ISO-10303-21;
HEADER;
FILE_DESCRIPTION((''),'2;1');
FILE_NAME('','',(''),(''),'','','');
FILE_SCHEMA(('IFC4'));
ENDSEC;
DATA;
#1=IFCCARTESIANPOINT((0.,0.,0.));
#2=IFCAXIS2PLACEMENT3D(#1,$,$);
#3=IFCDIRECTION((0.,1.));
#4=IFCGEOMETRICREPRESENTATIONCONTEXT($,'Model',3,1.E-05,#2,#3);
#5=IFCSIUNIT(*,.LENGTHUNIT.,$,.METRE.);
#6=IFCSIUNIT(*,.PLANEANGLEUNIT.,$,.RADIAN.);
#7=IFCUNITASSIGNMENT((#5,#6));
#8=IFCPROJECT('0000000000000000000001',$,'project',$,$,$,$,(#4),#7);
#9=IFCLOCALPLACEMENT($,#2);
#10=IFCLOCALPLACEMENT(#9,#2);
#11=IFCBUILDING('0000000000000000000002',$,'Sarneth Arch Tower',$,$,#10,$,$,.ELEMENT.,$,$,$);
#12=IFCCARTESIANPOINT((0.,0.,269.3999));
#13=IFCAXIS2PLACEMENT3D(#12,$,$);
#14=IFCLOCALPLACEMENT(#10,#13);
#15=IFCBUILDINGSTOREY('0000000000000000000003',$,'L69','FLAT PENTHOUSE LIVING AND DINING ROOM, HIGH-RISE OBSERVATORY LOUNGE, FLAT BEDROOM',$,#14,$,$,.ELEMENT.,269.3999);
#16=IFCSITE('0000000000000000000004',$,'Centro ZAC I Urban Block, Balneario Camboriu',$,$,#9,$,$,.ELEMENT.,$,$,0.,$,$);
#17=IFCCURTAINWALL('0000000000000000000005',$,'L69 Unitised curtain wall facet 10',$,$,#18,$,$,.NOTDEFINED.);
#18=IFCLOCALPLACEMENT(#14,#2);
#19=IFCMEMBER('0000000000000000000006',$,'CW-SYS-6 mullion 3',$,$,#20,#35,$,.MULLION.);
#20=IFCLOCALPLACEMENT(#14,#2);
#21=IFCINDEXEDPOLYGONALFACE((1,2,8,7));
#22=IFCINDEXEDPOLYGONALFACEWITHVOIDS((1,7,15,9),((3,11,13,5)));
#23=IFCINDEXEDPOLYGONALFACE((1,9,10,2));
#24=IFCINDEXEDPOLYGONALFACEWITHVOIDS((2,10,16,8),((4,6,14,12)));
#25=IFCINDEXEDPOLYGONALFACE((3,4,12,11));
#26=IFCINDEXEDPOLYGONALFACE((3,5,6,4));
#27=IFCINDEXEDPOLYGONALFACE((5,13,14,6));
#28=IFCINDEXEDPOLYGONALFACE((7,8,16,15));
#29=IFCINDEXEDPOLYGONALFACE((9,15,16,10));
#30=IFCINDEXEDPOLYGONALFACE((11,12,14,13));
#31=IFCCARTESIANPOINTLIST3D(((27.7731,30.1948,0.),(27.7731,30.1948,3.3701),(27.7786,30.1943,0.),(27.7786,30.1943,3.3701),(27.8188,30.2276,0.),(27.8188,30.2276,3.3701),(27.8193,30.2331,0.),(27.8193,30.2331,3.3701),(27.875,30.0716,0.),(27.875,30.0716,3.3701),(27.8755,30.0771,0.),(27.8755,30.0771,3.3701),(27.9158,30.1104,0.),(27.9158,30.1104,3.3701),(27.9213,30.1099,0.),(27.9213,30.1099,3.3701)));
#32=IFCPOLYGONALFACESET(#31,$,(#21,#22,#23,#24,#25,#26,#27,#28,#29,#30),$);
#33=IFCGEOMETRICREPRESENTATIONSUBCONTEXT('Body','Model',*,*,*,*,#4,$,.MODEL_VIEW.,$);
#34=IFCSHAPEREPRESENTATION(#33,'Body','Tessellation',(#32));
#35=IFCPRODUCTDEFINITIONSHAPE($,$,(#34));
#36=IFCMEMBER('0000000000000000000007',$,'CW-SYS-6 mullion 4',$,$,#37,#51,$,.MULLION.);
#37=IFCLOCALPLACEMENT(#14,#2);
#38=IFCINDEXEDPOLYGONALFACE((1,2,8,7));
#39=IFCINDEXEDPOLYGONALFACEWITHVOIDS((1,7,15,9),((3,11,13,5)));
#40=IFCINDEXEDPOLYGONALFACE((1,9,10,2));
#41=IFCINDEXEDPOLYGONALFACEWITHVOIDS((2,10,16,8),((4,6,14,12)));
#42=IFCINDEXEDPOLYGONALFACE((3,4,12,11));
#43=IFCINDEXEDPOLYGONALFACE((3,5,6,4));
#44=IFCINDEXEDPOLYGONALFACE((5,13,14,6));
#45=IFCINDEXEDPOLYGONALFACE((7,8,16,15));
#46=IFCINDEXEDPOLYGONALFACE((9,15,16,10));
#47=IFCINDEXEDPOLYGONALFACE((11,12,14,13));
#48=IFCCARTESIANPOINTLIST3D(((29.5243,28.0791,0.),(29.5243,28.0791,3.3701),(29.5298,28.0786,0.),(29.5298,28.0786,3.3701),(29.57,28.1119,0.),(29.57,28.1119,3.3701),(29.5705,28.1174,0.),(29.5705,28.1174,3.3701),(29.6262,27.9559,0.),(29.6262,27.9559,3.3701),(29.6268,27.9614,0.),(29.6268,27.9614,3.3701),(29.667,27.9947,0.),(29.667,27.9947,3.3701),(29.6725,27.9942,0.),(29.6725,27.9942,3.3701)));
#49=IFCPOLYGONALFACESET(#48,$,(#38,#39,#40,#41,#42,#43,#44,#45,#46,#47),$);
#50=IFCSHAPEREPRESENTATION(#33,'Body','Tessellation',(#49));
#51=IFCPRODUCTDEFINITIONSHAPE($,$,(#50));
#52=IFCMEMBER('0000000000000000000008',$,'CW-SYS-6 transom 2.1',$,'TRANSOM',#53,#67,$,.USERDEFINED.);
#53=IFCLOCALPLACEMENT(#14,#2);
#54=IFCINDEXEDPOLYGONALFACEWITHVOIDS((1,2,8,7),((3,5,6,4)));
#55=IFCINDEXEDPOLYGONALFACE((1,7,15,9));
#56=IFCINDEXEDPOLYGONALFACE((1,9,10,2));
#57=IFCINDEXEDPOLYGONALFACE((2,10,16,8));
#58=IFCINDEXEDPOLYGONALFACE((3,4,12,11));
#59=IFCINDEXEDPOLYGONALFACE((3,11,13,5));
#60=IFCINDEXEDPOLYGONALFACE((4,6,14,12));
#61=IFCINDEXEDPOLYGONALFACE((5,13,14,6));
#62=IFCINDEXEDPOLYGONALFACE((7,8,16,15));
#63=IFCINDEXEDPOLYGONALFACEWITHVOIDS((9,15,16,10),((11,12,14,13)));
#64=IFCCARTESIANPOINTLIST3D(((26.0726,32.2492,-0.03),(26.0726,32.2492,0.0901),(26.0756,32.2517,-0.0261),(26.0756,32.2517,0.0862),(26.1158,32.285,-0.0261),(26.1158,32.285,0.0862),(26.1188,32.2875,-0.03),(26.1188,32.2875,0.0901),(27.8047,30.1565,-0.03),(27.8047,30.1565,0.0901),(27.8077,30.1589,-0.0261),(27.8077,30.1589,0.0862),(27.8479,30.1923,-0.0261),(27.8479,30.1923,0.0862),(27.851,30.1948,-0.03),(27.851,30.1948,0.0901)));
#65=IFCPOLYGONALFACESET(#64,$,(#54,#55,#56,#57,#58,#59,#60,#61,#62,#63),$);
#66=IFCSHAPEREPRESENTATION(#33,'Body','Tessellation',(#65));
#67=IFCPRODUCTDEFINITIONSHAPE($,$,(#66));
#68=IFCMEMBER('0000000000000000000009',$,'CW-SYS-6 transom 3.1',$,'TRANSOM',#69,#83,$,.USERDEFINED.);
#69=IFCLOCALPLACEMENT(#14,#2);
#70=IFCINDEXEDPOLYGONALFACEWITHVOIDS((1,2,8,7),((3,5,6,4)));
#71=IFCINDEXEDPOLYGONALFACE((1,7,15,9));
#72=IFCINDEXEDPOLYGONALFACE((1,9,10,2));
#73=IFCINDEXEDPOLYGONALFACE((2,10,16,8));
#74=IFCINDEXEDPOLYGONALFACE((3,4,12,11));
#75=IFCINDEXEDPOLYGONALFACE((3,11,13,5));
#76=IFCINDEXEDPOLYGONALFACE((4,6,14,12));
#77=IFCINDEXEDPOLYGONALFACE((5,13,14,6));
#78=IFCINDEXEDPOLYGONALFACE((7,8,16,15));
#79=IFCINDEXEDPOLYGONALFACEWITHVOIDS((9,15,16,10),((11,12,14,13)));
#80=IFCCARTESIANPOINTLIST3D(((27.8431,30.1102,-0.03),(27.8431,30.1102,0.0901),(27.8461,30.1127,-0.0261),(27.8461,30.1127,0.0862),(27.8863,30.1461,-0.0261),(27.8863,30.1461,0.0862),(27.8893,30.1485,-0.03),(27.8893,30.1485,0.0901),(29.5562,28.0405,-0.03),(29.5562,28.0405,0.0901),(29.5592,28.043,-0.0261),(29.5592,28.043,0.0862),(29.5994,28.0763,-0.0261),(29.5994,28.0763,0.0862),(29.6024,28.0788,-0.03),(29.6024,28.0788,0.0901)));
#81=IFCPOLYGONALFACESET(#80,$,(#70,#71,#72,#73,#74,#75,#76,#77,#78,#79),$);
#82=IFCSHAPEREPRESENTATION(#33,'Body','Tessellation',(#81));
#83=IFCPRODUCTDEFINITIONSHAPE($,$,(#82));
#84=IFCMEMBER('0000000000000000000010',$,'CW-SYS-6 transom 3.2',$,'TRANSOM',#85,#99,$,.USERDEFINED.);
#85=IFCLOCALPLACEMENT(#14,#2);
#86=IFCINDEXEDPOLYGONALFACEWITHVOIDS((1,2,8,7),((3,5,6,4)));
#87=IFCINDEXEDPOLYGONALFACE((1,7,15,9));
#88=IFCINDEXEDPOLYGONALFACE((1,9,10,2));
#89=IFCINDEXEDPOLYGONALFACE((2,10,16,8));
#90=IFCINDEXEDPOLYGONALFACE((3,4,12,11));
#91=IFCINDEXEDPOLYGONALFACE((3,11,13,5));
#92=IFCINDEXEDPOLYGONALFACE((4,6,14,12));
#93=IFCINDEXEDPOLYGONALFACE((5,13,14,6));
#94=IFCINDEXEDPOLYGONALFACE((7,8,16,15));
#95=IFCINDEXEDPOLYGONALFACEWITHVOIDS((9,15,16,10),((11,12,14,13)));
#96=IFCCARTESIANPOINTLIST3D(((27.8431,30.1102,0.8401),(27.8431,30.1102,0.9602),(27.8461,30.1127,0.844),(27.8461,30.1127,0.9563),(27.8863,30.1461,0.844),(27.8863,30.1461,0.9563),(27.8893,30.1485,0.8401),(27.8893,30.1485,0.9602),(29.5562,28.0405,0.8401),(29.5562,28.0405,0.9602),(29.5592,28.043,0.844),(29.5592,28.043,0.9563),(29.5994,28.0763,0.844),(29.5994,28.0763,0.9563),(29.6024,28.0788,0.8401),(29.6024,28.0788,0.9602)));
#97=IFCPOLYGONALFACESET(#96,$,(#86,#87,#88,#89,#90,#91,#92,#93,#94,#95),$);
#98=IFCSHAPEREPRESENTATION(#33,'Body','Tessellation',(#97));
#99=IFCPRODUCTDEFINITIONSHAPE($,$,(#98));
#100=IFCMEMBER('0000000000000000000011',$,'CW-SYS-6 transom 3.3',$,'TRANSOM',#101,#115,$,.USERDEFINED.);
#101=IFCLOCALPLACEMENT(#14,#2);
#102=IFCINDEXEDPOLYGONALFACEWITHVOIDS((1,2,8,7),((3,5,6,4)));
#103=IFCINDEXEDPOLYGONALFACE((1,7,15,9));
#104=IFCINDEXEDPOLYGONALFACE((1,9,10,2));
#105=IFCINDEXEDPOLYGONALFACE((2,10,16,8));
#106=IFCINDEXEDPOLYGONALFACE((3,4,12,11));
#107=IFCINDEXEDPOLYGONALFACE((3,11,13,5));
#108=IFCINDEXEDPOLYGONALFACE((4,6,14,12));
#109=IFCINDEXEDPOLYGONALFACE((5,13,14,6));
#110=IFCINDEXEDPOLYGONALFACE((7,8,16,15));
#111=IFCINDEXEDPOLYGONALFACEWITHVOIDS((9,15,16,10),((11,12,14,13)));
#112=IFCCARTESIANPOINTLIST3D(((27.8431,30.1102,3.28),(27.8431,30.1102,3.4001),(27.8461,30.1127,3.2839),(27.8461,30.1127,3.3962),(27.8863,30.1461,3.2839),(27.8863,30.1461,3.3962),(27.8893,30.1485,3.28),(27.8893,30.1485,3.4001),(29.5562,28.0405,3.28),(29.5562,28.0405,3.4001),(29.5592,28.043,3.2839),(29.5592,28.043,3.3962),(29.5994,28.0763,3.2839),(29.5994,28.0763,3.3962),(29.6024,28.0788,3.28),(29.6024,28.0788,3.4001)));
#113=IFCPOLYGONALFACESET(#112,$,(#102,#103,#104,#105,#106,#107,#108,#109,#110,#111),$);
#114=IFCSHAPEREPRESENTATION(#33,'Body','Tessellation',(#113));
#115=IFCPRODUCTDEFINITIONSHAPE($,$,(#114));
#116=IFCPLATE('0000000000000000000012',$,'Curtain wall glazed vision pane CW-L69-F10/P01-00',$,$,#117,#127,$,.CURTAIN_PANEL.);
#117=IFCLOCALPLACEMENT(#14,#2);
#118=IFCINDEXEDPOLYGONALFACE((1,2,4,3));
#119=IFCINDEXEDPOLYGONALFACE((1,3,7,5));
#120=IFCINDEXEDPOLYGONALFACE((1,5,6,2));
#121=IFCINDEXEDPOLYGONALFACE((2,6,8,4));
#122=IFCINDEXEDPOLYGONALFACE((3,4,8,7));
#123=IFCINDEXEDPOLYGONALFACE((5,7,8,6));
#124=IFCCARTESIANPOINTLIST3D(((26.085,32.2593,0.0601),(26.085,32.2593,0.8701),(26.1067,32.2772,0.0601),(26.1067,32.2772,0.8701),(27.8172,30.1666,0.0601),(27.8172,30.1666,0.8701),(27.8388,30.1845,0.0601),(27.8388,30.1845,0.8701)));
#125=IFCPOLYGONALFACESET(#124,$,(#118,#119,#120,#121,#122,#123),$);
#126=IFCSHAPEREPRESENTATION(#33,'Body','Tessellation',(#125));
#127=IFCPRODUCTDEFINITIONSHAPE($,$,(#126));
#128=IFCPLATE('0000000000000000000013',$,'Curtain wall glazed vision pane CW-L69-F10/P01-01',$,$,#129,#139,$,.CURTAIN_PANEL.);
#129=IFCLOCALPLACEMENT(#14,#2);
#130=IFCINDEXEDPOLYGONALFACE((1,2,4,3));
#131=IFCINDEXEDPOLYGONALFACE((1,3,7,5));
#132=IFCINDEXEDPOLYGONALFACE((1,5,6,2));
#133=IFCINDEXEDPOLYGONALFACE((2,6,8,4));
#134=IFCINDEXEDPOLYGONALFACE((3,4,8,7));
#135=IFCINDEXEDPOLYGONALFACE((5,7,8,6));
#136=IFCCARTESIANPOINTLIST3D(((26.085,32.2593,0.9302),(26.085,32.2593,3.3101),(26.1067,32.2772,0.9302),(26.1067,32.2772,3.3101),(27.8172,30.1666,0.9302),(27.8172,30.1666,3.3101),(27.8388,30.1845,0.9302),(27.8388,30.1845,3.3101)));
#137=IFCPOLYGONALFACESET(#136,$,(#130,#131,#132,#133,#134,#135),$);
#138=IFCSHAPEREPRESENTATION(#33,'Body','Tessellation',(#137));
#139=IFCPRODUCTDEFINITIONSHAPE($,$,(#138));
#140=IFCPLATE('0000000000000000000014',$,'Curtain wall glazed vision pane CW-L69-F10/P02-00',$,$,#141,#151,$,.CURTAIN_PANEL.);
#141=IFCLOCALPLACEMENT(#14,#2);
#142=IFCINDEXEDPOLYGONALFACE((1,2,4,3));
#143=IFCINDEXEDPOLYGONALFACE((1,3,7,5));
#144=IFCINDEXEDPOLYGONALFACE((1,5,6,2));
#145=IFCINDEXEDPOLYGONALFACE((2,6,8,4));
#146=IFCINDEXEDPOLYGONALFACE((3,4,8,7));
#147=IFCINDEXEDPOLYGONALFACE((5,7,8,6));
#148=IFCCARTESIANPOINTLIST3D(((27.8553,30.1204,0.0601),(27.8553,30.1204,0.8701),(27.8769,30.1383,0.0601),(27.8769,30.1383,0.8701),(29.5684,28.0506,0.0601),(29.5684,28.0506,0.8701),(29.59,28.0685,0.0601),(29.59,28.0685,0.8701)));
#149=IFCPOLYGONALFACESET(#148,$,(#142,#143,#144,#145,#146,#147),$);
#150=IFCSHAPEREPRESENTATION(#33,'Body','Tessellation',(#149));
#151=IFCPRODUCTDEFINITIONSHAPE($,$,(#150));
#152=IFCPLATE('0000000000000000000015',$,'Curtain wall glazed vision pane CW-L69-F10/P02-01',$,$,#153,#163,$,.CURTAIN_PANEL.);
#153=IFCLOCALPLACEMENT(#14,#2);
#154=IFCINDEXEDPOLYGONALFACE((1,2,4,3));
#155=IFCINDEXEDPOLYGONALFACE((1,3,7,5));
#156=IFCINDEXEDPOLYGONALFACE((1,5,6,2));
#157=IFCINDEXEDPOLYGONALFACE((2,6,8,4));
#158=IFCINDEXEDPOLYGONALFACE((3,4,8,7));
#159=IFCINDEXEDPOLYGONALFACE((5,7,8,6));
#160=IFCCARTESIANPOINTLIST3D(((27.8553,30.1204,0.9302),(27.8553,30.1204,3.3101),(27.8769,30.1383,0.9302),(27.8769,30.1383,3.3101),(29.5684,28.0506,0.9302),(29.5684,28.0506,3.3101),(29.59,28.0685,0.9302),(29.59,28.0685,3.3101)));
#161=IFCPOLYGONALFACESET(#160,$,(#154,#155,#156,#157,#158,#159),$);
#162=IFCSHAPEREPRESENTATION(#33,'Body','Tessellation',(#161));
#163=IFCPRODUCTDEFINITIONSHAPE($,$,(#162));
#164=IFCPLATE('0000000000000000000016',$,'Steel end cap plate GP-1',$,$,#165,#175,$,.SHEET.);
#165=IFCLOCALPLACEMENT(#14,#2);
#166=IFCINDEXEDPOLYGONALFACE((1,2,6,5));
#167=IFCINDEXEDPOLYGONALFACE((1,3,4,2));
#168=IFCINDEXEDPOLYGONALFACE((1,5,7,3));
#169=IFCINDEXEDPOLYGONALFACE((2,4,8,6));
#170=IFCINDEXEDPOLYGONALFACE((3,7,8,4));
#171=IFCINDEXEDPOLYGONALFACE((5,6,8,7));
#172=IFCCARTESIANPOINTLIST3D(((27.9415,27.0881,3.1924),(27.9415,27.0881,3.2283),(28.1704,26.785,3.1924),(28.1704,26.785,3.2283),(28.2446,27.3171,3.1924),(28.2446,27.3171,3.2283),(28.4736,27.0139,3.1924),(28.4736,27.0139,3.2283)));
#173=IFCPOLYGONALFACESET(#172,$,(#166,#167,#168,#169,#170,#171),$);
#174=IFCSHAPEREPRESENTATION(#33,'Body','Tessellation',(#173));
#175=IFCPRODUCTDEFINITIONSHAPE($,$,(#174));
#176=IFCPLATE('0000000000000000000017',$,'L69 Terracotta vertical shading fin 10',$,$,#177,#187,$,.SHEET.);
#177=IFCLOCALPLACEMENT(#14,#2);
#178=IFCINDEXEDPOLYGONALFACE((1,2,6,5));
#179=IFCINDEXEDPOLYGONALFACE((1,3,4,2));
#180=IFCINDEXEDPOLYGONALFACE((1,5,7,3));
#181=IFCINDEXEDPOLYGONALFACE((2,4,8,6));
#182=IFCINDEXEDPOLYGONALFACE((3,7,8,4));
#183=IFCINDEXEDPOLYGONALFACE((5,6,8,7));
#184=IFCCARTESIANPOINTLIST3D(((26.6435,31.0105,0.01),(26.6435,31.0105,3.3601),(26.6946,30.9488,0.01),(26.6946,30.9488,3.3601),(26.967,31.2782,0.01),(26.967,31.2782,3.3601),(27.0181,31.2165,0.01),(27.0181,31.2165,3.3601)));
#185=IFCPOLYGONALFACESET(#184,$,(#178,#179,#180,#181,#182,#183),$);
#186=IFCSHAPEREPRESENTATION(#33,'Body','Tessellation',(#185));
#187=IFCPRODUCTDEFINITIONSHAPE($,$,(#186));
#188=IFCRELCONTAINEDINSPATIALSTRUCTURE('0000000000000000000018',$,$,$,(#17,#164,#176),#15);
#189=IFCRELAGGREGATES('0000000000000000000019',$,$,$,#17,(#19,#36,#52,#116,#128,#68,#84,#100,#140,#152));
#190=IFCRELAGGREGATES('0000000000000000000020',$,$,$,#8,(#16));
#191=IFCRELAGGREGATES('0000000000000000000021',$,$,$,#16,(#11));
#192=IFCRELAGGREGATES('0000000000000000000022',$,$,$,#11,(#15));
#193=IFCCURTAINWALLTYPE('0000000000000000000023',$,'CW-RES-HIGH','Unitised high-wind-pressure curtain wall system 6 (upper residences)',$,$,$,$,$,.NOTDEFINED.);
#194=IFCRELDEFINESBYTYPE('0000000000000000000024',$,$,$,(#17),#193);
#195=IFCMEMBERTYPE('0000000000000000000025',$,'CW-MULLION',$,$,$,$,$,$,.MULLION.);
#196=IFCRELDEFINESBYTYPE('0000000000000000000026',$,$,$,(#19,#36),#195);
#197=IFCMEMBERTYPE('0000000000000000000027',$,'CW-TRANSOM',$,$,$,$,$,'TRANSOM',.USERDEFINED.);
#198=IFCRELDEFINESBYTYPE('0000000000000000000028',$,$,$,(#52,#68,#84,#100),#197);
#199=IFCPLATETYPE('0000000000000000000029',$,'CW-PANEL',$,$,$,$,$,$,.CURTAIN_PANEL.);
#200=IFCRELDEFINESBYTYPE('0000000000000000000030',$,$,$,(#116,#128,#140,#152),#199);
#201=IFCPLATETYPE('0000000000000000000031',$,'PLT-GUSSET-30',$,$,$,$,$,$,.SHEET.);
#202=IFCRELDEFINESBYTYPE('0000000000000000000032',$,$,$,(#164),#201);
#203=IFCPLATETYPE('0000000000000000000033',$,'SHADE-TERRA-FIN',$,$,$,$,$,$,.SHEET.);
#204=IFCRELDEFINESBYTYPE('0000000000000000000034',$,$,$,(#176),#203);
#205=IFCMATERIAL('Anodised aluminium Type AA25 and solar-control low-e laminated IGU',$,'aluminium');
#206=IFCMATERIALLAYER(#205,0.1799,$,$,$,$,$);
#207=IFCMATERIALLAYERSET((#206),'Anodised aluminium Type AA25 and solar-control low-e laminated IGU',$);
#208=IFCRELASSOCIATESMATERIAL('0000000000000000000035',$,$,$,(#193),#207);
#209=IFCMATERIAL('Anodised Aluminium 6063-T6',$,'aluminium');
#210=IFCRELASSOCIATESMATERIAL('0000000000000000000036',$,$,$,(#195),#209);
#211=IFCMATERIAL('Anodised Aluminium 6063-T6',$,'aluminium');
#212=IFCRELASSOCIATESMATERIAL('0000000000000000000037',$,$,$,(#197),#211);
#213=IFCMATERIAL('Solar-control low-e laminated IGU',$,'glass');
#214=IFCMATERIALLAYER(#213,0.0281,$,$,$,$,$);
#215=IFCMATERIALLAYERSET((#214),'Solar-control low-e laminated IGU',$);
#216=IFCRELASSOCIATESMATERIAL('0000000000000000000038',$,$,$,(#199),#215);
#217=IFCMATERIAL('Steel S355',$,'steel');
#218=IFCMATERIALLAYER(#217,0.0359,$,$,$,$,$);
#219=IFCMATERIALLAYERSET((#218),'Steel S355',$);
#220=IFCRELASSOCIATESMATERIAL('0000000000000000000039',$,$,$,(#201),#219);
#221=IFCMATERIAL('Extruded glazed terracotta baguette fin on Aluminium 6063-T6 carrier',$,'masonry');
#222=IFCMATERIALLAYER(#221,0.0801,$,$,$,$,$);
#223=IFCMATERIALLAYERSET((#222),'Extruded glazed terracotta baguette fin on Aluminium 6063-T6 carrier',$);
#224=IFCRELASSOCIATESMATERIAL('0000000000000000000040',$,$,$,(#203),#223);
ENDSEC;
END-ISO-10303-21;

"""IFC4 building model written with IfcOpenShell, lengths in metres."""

from ifc_helpers import new_model, si_unit, direction, frame, origin, origin_2d, place, context, subcontext, project, spatial, rectangle, hollow_rectangle, extrude, material, layer, layer_set, material_profile, profile_set, type_object, element, aggregate, save


model = new_model("IFC4")

# Units and contexts
model_context = context("Model", 3, precision=1e-05, world=origin(), true_north=direction((0.0, 1.0)))
body_context = subcontext(model_context, "Body", "Model", "MODEL_VIEW")
ifc_project = project(units=[si_unit("LENGTHUNIT", "METRE"), si_unit("PLANEANGLEUNIT", "RADIAN")], contexts=[model_context])

# Site, building, storey
site_placement = place(None, origin())
site = spatial("IfcSite", under=ifc_project, at=site_placement, Name="Centro ZAC I Urban Block, Balneario Camboriu", CompositionType="ELEMENT", RefElevation=0.0)
building_placement = place(site_placement, origin())
building = spatial("IfcBuilding", under=site, at=building_placement, Name="Sarneth Arch Tower", CompositionType="ELEMENT")
storey_placement = place(building_placement, frame((0.0, 0.0, 269.3999)))
storey = spatial("IfcBuildingStorey", under=building, at=storey_placement, Name="L69", Description="FLAT PENTHOUSE LIVING AND DINING ROOM, HIGH-RISE OBSERVATORY LOUNGE, FLAT BEDROOM", CompositionType="ELEMENT", Elevation=269.3999)

# Curtain wall, members, plates
ifc_material_1 = material(Name="Anodised aluminium Type AA25 and solar-control low-e laminated IGU", Category="aluminium")
ifc_layer_1 = layer(ifc_material_1, 0.1799)
ifc_layer_set_1 = layer_set([ifc_layer_1], Name="Anodised aluminium Type AA25 and solar-control low-e laminated IGU")
curtain_wall_type = type_object("IfcCurtainWallType", Name="CW-RES-HIGH", Description="Unitised high-wind-pressure curtain wall system 6 (upper residences)", PredefinedType="NOTDEFINED", material=ifc_layer_set_1)
curtain_wall_placement = place(storey_placement, origin())
curtain_wall = element("IfcCurtainWall", 1, at=curtain_wall_placement, inside=storey, type_object=curtain_wall_type, Name="L69 Unitised curtain wall facet 10", PredefinedType="NOTDEFINED")
ifc_material_2 = material(Name="Anodised Aluminium 6063-T6", Category="aluminium")
ifc_material_profile_1 = material_profile(ifc_material_2, hollow_rectangle(XDim=0.0601, YDim=0.1599, WallThickness=0.0039, at=origin_2d()), Name="AL-MULL-160x60x4")
ifc_profile_set_1 = profile_set([ifc_material_profile_1], Name="Anodised Aluminium 6063-T6")
member_type_1 = type_object("IfcMemberType", Name="CW-MULLION", PredefinedType="MULLION", material=ifc_profile_set_1)
member_1_placement = place(storey_placement, frame((27.8472, 30.1523, 0.0), z_axis=(0.0, 0.0, 1.0), x_axis=(0.770359, 0.63761, 0.0)))
member_1 = element("IfcMember", 2, at=member_1_placement, type_object=member_type_1, Name="CW-SYS-6 mullion 3", PredefinedType="MULLION", context=body_context, shape_type="SweptSolid", body=[
    extrude(hollow_rectangle(XDim=0.0601, YDim=0.1599, WallThickness=0.0039, at=origin_2d()), origin(), (0.0, 0.0, 1.0), 3.3701),
])
member_2_placement = place(storey_placement, frame((29.5984, 28.0366, 0.0), z_axis=(0.0, 0.0, 1.0), x_axis=(0.770359, 0.63761, 0.0)))
member_2 = element("IfcMember", 3, at=member_2_placement, type_object=member_type_1, Name="CW-SYS-6 mullion 4", PredefinedType="MULLION", context=body_context, shape_type="SweptSolid", body=[
    extrude(hollow_rectangle(XDim=0.0601, YDim=0.1599, WallThickness=0.0039, at=origin_2d()), origin(), (0.0, 0.0, 1.0), 3.3701),
])
ifc_material_3 = material(Name="Anodised Aluminium 6063-T6", Category="aluminium")
ifc_material_profile_2 = material_profile(ifc_material_3, hollow_rectangle(XDim=0.0601, YDim=0.1201, WallThickness=0.0039, at=origin_2d()), Name="AL-TRAN-120x60x4")
ifc_profile_set_2 = profile_set([ifc_material_profile_2], Name="Anodised Aluminium 6063-T6")
member_type_2 = type_object("IfcMemberType", Name="CW-TRANSOM", ElementType="TRANSOM", PredefinedType="USERDEFINED", material=ifc_profile_set_2)
member_3_placement = place(storey_placement, frame((26.0957, 32.2683, 0.03), z_axis=(0.637617, -0.770353, 0.0), x_axis=(0.770353, 0.637617, 0.0)))
member_3 = element("IfcMember", 4, at=member_3_placement, type_object=member_type_2, Name="CW-SYS-6 transom 2.1", ObjectType="TRANSOM", PredefinedType="USERDEFINED", context=body_context, shape_type="SweptSolid", body=[
    extrude(hollow_rectangle(XDim=0.0601, YDim=0.1201, WallThickness=0.0039, at=origin_2d()), origin(), (0.0, 0.0, 1.0), 2.7166),
])
member_4_placement = place(storey_placement, frame((27.8662, 30.1294, 0.03), z_axis=(0.637607, -0.770362, 0.0), x_axis=(0.770362, 0.637607, 0.0)))
member_4 = element("IfcMember", 5, at=member_4_placement, type_object=member_type_2, Name="CW-SYS-6 transom 3.1", ObjectType="TRANSOM", PredefinedType="USERDEFINED", context=body_context, shape_type="SweptSolid", body=[
    extrude(hollow_rectangle(XDim=0.0601, YDim=0.1201, WallThickness=0.0039, at=origin_2d()), origin(), (0.0, 0.0, 1.0), 2.6868),
])
member_5_placement = place(storey_placement, frame((27.8662, 30.1294, 0.9001), z_axis=(0.637607, -0.770362, 0.0), x_axis=(0.770362, 0.637607, 0.0)))
member_5 = element("IfcMember", 6, at=member_5_placement, type_object=member_type_2, Name="CW-SYS-6 transom 3.2", ObjectType="TRANSOM", PredefinedType="USERDEFINED", context=body_context, shape_type="SweptSolid", body=[
    extrude(hollow_rectangle(XDim=0.0601, YDim=0.1201, WallThickness=0.0039, at=origin_2d()), origin(), (0.0, 0.0, 1.0), 2.6868),
])
member_6_placement = place(storey_placement, frame((27.8662, 30.1294, 3.3401), z_axis=(0.637607, -0.770362, 0.0), x_axis=(0.770362, 0.637607, 0.0)))
member_6 = element("IfcMember", 7, at=member_6_placement, type_object=member_type_2, Name="CW-SYS-6 transom 3.3", ObjectType="TRANSOM", PredefinedType="USERDEFINED", context=body_context, shape_type="SweptSolid", body=[
    extrude(hollow_rectangle(XDim=0.0601, YDim=0.1201, WallThickness=0.0039, at=origin_2d()), origin(), (0.0, 0.0, 1.0), 2.6868),
])
ifc_material_4 = material(Name="Solar-control low-e laminated IGU", Category="glass")
ifc_layer_2 = layer(ifc_material_4, 0.0281)
ifc_layer_set_2 = layer_set([ifc_layer_2], Name="Solar-control low-e laminated IGU")
plate_type_1 = type_object("IfcPlateType", Name="CW-PANEL", PredefinedType="CURTAIN_PANEL", material=ifc_layer_set_2)
plate_1_placement = place(storey_placement, frame((26.9619, 31.2219, 0.0601), z_axis=(0.0, 0.0, 1.0), x_axis=(0.63761, -0.770359, 0.0)))
plate_1 = element("IfcPlate", 8, at=plate_1_placement, type_object=plate_type_1, Name="Curtain wall glazed vision pane CW-L69-F10/P01-00", PredefinedType="CURTAIN_PANEL", context=body_context, shape_type="SweptSolid", body=[
    extrude(rectangle(XDim=2.7166, YDim=0.0281, at=origin_2d()), origin(), (0.0, 0.0, 1.0), 0.8101),
])
plate_2_placement = place(storey_placement, frame((26.9619, 31.2219, 0.9302), z_axis=(0.0, 0.0, 1.0), x_axis=(0.63761, -0.770359, 0.0)))
plate_2 = element("IfcPlate", 9, at=plate_2_placement, type_object=plate_type_1, Name="Curtain wall glazed vision pane CW-L69-F10/P01-01", PredefinedType="CURTAIN_PANEL", context=body_context, shape_type="SweptSolid", body=[
    extrude(rectangle(XDim=2.7166, YDim=0.0281, at=origin_2d()), origin(), (0.0, 0.0, 1.0), 2.3799),
])
plate_3_placement = place(storey_placement, frame((28.7227, 29.0945, 0.0601), z_axis=(0.0, 0.0, 1.0), x_axis=(0.63761, -0.770359, 0.0)))
plate_3 = element("IfcPlate", 10, at=plate_3_placement, type_object=plate_type_1, Name="Curtain wall glazed vision pane CW-L69-F10/P02-00", PredefinedType="CURTAIN_PANEL", context=body_context, shape_type="SweptSolid", body=[
    extrude(rectangle(XDim=2.6868, YDim=0.0281, at=origin_2d()), origin(), (0.0, 0.0, 1.0), 0.8101),
])
plate_4_placement = place(storey_placement, frame((28.7227, 29.0945, 0.9302), z_axis=(0.0, 0.0, 1.0), x_axis=(0.63761, -0.770359, 0.0)))
plate_4 = element("IfcPlate", 11, at=plate_4_placement, type_object=plate_type_1, Name="Curtain wall glazed vision pane CW-L69-F10/P02-01", PredefinedType="CURTAIN_PANEL", context=body_context, shape_type="SweptSolid", body=[
    extrude(rectangle(XDim=2.6868, YDim=0.0281, at=origin_2d()), origin(), (0.0, 0.0, 1.0), 2.3799),
])
aggregate(curtain_wall, [member_1, member_2, member_3, plate_1, plate_2, member_4, member_5, member_6, plate_3, plate_4])

# Plates
ifc_material_5 = material(Name="Steel S355", Category="steel")
ifc_layer_3 = layer(ifc_material_5, 0.0359)
ifc_layer_set_3 = layer_set([ifc_layer_3], Name="Steel S355")
plate_type_2 = type_object("IfcPlateType", Name="PLT-GUSSET-30", PredefinedType="SHEET", material=ifc_layer_set_3)
plate_5_placement = place(storey_placement, frame((28.2075, 27.051, 3.1924), z_axis=(0.0, 0.0, 1.0), x_axis=(-0.798005, -0.602651, 0.0)))
element("IfcPlate", 12, at=plate_5_placement, inside=storey, type_object=plate_type_2, Name="Steel end cap plate GP-1", PredefinedType="SHEET", context=body_context, shape_type="SweptSolid", body=[
    extrude(rectangle(XDim=0.3799, YDim=0.3799, at=origin_2d()), origin(), (0.0, 0.0, 1.0), 0.0359),
])
ifc_material_6 = material(Name="Extruded glazed terracotta baguette fin on Aluminium 6063-T6 carrier", Category="masonry")
ifc_layer_4 = layer(ifc_material_6, 0.0801)
ifc_layer_set_4 = layer_set([ifc_layer_4], Name="Extruded glazed terracotta baguette fin on Aluminium 6063-T6 carrier")
plate_type_3 = type_object("IfcPlateType", Name="SHADE-TERRA-FIN", PredefinedType="SHEET", material=ifc_layer_set_4)
plate_6_placement = place(storey_placement, frame((26.8308, 31.1135, 0.01), z_axis=(0.0, 0.0, 1.0), x_axis=(-0.770402, -0.637558, 0.0)))
element("IfcPlate", 13, at=plate_6_placement, inside=storey, type_object=plate_type_3, Name="L69 Terracotta vertical shading fin 10", PredefinedType="SHEET", context=body_context, shape_type="SweptSolid", body=[
    extrude(rectangle(XDim=0.4199, YDim=0.0801, at=origin_2d()), origin(), (0.0, 0.0, 1.0), 3.3501),
])

save(model, "model.ifc")
